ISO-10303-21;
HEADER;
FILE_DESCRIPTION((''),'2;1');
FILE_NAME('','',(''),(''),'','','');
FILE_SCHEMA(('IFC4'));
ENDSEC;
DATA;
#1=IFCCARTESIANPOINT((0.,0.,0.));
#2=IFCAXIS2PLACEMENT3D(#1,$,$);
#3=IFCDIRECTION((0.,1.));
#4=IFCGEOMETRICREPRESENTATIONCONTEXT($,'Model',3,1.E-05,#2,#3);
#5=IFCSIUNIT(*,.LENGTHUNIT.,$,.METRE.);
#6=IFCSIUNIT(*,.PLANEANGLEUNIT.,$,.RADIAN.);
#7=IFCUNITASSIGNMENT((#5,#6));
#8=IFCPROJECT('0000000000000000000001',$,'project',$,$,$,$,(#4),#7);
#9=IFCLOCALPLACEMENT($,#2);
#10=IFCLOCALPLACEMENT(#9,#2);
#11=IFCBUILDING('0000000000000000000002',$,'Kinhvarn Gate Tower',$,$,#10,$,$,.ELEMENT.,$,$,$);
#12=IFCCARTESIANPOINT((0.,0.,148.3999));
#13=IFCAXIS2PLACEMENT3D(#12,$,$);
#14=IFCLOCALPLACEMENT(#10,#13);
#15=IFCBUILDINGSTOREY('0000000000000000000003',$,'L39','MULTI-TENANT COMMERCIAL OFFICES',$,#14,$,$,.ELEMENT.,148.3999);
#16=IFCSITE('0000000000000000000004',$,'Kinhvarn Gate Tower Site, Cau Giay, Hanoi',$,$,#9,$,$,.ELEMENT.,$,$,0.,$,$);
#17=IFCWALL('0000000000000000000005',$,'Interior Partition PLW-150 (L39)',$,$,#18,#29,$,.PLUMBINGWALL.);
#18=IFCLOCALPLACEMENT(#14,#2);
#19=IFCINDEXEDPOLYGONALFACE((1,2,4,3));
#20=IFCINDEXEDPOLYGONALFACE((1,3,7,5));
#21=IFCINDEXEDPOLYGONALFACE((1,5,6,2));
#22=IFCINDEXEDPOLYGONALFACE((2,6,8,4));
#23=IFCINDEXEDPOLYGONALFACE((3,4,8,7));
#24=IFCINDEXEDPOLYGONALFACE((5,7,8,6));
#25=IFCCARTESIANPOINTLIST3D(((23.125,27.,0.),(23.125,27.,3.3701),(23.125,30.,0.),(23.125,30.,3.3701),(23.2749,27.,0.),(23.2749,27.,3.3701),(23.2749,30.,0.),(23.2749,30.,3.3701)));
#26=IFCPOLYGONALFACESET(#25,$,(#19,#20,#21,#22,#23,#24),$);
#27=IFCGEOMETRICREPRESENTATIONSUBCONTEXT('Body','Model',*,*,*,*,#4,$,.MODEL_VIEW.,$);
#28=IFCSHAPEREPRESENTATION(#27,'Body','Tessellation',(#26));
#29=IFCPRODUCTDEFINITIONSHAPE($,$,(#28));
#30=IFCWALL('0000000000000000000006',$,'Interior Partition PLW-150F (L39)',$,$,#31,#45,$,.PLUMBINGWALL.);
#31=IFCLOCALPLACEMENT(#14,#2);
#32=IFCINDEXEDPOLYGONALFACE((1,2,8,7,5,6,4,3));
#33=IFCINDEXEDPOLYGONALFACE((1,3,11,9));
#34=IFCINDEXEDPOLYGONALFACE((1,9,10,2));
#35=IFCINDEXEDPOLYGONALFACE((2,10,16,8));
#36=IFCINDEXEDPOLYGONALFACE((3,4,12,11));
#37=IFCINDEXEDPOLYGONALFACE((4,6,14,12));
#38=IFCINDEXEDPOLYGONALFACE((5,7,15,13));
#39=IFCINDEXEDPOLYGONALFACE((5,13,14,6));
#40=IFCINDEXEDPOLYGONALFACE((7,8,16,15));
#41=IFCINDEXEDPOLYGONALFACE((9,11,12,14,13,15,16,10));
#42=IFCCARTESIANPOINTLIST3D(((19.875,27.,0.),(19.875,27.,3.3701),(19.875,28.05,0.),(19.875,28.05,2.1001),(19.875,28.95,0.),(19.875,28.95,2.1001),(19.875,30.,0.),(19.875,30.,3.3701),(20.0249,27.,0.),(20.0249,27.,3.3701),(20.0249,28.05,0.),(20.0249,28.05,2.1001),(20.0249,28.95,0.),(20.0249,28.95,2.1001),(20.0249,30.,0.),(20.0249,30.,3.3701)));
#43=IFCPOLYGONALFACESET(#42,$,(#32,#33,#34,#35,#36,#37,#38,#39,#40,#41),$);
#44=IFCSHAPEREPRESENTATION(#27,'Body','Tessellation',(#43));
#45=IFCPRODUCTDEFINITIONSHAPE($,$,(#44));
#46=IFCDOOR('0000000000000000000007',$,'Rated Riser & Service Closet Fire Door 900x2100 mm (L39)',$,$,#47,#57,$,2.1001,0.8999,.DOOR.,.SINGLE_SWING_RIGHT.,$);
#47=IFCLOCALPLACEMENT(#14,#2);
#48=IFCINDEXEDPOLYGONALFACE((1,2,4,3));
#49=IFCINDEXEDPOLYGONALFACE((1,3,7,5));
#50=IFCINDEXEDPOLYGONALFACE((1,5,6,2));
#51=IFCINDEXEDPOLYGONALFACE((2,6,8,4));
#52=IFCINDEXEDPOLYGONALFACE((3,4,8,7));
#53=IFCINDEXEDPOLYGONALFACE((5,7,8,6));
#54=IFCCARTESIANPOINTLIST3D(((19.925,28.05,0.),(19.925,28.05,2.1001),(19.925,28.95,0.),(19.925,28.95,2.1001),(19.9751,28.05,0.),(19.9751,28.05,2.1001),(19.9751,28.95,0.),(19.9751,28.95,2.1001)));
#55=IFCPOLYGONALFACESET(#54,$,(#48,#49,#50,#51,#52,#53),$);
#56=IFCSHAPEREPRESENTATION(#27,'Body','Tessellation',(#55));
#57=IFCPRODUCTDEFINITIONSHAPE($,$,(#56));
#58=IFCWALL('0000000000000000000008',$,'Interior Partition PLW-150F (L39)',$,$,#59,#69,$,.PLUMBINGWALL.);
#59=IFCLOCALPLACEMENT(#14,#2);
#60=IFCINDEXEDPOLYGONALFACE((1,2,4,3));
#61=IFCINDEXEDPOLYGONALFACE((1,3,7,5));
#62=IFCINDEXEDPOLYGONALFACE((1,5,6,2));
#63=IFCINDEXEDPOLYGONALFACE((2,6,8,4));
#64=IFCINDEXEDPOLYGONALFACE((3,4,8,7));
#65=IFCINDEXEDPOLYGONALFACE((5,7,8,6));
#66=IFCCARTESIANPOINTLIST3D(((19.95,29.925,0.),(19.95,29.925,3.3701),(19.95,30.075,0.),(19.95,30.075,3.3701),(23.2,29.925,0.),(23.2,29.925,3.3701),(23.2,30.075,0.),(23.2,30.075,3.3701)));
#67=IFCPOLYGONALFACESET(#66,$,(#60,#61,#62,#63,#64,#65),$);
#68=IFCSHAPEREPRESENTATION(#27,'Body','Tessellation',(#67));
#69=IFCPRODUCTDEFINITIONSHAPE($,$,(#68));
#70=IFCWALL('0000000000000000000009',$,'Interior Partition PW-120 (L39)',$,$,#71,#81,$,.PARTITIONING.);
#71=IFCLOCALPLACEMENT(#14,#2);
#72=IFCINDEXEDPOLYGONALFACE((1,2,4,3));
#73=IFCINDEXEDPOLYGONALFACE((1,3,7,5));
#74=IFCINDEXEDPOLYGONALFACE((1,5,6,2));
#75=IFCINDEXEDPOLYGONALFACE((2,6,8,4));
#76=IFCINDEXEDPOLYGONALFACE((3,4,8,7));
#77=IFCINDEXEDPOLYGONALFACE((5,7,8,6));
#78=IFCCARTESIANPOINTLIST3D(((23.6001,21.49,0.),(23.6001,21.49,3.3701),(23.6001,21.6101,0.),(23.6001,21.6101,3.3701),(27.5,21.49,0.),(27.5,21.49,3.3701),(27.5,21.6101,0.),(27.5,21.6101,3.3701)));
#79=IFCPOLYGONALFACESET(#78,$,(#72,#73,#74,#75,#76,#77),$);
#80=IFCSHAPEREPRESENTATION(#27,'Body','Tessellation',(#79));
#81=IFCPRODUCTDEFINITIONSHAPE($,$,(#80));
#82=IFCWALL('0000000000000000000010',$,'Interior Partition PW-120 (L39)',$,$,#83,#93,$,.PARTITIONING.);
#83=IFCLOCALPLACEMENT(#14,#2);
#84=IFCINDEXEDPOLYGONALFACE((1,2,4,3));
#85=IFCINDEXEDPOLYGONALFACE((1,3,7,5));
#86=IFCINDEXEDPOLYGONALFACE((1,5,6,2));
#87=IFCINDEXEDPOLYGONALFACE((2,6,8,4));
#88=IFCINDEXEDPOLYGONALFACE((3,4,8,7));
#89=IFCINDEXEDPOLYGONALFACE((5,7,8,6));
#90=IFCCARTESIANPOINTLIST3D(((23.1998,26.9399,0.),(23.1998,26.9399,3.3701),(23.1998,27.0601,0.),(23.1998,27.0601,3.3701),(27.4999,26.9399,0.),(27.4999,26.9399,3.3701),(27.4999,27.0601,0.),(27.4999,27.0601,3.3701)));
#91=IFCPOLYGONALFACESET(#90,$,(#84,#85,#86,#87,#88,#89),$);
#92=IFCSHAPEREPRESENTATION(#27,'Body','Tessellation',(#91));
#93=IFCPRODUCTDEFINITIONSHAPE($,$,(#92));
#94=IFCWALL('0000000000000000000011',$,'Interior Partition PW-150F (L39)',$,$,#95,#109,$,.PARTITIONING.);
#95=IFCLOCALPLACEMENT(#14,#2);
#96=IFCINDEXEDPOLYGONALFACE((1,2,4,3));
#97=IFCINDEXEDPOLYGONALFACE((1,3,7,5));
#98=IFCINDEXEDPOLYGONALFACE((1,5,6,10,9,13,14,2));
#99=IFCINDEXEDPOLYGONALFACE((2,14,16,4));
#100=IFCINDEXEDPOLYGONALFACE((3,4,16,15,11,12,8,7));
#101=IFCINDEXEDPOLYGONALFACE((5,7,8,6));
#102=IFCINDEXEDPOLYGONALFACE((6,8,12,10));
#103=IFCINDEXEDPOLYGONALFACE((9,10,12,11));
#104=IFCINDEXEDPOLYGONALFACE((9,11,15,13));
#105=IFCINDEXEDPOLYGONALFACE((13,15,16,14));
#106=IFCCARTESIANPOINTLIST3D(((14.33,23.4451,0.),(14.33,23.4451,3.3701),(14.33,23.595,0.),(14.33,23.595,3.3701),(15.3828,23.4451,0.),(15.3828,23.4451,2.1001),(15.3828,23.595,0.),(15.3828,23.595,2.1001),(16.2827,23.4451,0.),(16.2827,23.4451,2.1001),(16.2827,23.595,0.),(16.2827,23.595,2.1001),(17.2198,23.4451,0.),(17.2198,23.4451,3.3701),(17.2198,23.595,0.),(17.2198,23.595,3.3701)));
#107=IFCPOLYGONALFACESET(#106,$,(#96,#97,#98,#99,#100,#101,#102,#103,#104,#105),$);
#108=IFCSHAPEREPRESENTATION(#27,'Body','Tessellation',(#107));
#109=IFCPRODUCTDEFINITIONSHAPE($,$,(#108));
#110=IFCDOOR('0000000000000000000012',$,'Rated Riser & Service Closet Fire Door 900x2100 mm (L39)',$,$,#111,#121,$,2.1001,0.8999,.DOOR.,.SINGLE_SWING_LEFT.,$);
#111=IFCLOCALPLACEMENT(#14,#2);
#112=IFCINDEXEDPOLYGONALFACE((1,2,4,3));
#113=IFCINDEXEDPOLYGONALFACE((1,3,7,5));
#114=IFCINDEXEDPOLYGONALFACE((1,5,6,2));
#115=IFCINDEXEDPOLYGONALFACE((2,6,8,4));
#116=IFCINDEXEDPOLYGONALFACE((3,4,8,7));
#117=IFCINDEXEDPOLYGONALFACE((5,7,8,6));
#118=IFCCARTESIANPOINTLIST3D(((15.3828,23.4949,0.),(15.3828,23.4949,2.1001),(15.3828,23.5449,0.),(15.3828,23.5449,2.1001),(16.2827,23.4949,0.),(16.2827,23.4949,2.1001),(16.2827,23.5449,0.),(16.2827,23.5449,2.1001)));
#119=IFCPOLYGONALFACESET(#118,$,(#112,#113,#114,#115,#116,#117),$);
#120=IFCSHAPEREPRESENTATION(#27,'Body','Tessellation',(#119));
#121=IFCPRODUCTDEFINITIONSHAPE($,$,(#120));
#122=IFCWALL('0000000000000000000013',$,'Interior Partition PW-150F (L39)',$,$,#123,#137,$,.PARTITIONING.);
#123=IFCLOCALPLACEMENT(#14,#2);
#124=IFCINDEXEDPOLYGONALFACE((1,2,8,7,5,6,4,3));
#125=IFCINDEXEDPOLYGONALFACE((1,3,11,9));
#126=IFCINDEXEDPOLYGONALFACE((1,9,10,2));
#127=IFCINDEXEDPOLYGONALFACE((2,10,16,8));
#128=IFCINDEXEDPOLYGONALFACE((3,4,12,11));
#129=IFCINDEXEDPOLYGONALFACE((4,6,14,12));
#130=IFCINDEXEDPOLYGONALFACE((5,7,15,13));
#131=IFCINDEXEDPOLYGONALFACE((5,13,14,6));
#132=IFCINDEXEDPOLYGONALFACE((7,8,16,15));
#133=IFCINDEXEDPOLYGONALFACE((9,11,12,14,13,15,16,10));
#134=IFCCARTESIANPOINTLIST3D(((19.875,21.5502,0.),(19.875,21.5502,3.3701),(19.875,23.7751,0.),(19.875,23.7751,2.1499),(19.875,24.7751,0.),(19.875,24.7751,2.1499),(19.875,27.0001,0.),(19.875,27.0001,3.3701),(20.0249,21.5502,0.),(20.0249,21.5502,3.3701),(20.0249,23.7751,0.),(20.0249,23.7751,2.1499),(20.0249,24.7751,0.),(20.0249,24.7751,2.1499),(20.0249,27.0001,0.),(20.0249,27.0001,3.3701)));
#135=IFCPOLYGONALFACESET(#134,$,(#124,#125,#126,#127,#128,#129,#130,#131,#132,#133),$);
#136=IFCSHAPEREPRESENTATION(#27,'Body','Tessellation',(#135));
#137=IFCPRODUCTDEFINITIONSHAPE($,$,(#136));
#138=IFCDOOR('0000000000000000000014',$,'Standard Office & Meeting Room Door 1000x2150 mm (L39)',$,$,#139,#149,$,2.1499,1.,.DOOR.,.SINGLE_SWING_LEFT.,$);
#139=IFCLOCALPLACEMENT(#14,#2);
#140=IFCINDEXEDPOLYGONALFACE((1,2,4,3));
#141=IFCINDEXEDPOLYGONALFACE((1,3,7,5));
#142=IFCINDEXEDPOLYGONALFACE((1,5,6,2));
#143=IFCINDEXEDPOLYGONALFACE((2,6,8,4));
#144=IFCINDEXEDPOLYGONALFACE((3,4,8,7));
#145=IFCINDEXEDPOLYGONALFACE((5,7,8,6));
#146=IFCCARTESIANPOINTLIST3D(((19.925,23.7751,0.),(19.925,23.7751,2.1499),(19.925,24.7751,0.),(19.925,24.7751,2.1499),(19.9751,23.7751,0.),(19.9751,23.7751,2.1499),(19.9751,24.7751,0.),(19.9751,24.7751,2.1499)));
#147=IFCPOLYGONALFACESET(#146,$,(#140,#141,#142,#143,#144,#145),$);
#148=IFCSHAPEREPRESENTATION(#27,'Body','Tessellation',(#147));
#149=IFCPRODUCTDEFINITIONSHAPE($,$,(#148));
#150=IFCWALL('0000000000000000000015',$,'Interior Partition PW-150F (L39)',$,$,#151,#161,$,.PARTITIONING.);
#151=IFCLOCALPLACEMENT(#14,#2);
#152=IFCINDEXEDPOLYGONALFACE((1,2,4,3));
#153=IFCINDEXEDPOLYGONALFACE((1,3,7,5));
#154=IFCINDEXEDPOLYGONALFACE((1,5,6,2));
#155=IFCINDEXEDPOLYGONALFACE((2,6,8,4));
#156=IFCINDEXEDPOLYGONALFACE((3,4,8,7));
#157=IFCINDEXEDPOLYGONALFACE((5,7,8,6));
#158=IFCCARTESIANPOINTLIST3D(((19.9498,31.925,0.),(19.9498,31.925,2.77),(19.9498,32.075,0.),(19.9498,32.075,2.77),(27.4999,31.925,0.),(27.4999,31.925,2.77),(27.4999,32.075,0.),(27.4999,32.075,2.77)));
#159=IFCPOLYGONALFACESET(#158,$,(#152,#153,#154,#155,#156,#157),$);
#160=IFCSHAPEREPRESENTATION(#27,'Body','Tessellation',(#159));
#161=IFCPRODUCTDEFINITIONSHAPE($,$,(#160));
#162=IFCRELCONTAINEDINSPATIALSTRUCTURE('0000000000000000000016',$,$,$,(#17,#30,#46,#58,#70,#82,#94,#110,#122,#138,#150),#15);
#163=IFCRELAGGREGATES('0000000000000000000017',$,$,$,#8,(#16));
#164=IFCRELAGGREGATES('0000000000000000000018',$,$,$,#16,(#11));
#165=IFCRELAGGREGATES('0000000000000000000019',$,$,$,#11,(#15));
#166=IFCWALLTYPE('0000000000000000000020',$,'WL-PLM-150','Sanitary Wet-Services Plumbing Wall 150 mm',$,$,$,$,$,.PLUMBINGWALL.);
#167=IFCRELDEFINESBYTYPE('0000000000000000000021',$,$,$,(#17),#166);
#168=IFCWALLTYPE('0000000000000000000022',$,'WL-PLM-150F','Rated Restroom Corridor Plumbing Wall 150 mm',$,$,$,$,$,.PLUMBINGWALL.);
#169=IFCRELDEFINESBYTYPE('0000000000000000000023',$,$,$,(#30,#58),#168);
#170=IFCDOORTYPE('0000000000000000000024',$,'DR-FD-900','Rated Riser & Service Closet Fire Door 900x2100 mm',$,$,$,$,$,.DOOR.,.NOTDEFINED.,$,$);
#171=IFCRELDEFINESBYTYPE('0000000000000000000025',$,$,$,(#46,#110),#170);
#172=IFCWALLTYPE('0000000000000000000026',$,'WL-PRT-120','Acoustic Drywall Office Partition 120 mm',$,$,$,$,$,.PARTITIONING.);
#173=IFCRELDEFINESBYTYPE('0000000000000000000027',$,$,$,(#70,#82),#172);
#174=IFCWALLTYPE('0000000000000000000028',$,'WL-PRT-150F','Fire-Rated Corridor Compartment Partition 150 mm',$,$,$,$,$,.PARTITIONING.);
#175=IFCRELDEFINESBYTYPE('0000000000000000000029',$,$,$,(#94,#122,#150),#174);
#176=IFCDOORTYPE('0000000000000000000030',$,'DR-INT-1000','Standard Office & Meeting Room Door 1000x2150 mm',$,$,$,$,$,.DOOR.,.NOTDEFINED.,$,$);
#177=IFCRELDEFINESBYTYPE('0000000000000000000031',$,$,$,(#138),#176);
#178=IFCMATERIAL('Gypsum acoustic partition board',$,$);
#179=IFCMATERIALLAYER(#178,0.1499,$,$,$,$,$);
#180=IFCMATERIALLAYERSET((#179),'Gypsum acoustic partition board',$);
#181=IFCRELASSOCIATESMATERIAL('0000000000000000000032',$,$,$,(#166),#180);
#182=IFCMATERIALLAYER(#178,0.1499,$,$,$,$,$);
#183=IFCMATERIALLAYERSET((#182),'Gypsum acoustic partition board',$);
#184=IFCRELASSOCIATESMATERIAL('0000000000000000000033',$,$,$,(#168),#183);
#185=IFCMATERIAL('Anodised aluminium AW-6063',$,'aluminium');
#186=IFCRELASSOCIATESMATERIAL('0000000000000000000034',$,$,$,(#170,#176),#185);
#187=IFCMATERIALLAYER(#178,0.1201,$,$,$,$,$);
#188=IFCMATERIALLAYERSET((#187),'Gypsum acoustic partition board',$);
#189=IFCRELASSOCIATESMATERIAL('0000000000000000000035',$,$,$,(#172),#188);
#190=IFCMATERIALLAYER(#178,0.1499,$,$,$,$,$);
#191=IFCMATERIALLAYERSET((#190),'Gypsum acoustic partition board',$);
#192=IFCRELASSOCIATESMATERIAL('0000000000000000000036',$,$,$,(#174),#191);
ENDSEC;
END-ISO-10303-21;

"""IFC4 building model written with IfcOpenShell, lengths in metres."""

from ifc_helpers import new_model, si_unit, direction, frame, frame_2d, origin, place, context, subcontext, project, spatial, rectangle, extrude, material, layer, layer_set, type_object, element, fill, save


model = new_model("IFC4")

# Units and contexts
model_context = context("Model", 3, precision=1e-05, world=origin(), true_north=direction((0.0, 1.0)))
body_context = subcontext(model_context, "Body", "Model", "MODEL_VIEW")
ifc_project = project(units=[si_unit("LENGTHUNIT", "METRE"), si_unit("PLANEANGLEUNIT", "RADIAN")], contexts=[model_context])

# Site, building, storey
site_placement = place(None, origin())
site = spatial("IfcSite", under=ifc_project, at=site_placement, Name="Kinhvarn Gate Tower Site, Cau Giay, Hanoi", CompositionType="ELEMENT", RefElevation=0.0)
building_placement = place(site_placement, origin())
building = spatial("IfcBuilding", under=site, at=building_placement, Name="Kinhvarn Gate Tower", CompositionType="ELEMENT")
storey_placement = place(building_placement, frame((0.0, 0.0, 148.3999)))
storey = spatial("IfcBuildingStorey", under=building, at=storey_placement, Name="L39", Description="MULTI-TENANT COMMERCIAL OFFICES", CompositionType="ELEMENT", Elevation=148.3999)

# Shared definitions
ifc_material_1 = material(Name="Anodised aluminium AW-6063", Category="aluminium")

# Wall
ifc_material_2 = material(Name="Gypsum acoustic partition board")
ifc_layer_1 = layer(ifc_material_2, 0.1499)
ifc_layer_set_1 = layer_set([ifc_layer_1], Name="Gypsum acoustic partition board")
wall_type_1 = type_object("IfcWallType", Name="WL-PLM-150", Description="Sanitary Wet-Services Plumbing Wall 150 mm", PredefinedType="PLUMBINGWALL", material=ifc_layer_set_1)
wall_1_placement = place(storey_placement, frame((23.2, 27.0, 0.0), z_axis=(0.0, 0.0, 1.0), x_axis=(0.0, 1.0, 0.0)))
element("IfcWall", 1, at=wall_1_placement, inside=storey, type_object=wall_type_1, Name="Interior Partition PLW-150 (L39)", PredefinedType="PLUMBINGWALL", context=body_context, shape_type="SweptSolid", body=[
    extrude(rectangle(XDim=3.0, YDim=0.1499, at=frame_2d((1.5, 0.0))), origin(), (0.0, 0.0, 1.0), 3.3701),
])

# Wall, opening, door
ifc_layer_2 = layer(ifc_material_2, 0.1499)
ifc_layer_set_2 = layer_set([ifc_layer_2], Name="Gypsum acoustic partition board")
wall_type_2 = type_object("IfcWallType", Name="WL-PLM-150F", Description="Rated Restroom Corridor Plumbing Wall 150 mm", PredefinedType="PLUMBINGWALL", material=ifc_layer_set_2)
wall_2_placement = place(storey_placement, frame((19.95, 27.0, 0.0), z_axis=(0.0, 0.0, 1.0), x_axis=(0.0, 1.0, 0.0)))
wall_2 = element("IfcWall", 2, at=wall_2_placement, inside=storey, type_object=wall_type_2, Name="Interior Partition PLW-150F (L39)", PredefinedType="PLUMBINGWALL", context=body_context, shape_type="SweptSolid", body=[
    extrude(rectangle(XDim=3.0, YDim=0.1499, at=frame_2d((1.5, 0.0))), origin(), (0.0, 0.0, 1.0), 3.3701),
])
opening_1_placement = place(wall_2_placement, frame((1.05, 0.0, 0.0)))
opening_1 = element("IfcOpeningElement", 3, at=opening_1_placement, cuts=wall_2, PredefinedType="OPENING", context=body_context, shape_type="SweptSolid", body=[
    extrude(rectangle(XDim=0.8999, YDim=2.1001, at=frame_2d((0.45, 1.05))), frame((0.0, 0.085, 0.0), z_axis=(0.0, -1.0, 0.0), x_axis=(1.0, 0.0, 0.0)), (0.0, 0.0, 1.0), 0.1699),
])
door_type_1 = type_object("IfcDoorType", Name="DR-FD-900", Description="Rated Riser & Service Closet Fire Door 900x2100 mm", OperationType="NOTDEFINED", PredefinedType="DOOR", material=ifc_material_1)
door_1_placement = place(opening_1_placement, origin())
door_1 = element("IfcDoor", 4, at=door_1_placement, inside=storey, type_object=door_type_1, Name="Rated Riser & Service Closet Fire Door 900x2100 mm (L39)", OperationType="SINGLE_SWING_RIGHT", OverallHeight=2.1001, OverallWidth=0.8999, PredefinedType="DOOR", context=body_context, shape_type="SweptSolid", body=[
    extrude(rectangle(XDim=0.8999, YDim=2.1001, at=frame_2d((0.45, 1.05))), frame((0.0, 0.0249, 0.0), z_axis=(0.0, -1.0, 0.0), x_axis=(1.0, 0.0, 0.0)), (0.0, 0.0, 1.0), 0.05),
])
fill(opening_1, door_1)

# Walls
wall_3_placement = place(storey_placement, frame((19.95, 30.0, 0.0), z_axis=(0.0, 0.0, 1.0), x_axis=(1.0, 0.0, 0.0)))
element("IfcWall", 5, at=wall_3_placement, inside=storey, type_object=wall_type_2, Name="Interior Partition PLW-150F (L39)", PredefinedType="PLUMBINGWALL", context=body_context, shape_type="SweptSolid", body=[
    extrude(rectangle(XDim=3.25, YDim=0.1499, at=frame_2d((1.625, 0.0))), origin(), (0.0, 0.0, 1.0), 3.3701),
])
ifc_layer_3 = layer(ifc_material_2, 0.1201)
ifc_layer_set_3 = layer_set([ifc_layer_3], Name="Gypsum acoustic partition board")
wall_type_3 = type_object("IfcWallType", Name="WL-PRT-120", Description="Acoustic Drywall Office Partition 120 mm", PredefinedType="PARTITIONING", material=ifc_layer_set_3)
wall_4_placement = place(storey_placement, frame((23.6001, 21.55, 0.0), z_axis=(0.0, 0.0, 1.0), x_axis=(1.0, 0.0, 0.0)))
element("IfcWall", 6, at=wall_4_placement, inside=storey, type_object=wall_type_3, Name="Interior Partition PW-120 (L39)", PredefinedType="PARTITIONING", context=body_context, shape_type="SweptSolid", body=[
    extrude(rectangle(XDim=3.8999, YDim=0.1201, at=frame_2d((1.95, 0.0))), origin(), (0.0, 0.0, 1.0), 3.3701),
])
wall_5_placement = place(storey_placement, frame((23.2, 27.0, 0.0), z_axis=(0.0, 0.0, 1.0), x_axis=(1.0, 0.0, 0.0)))
element("IfcWall", 7, at=wall_5_placement, inside=storey, type_object=wall_type_3, Name="Interior Partition PW-120 (L39)", PredefinedType="PARTITIONING", context=body_context, shape_type="SweptSolid", body=[
    extrude(rectangle(XDim=4.3, YDim=0.1201, at=frame_2d((2.1499, 0.0))), origin(), (0.0, 0.0, 1.0), 3.3701),
])

# Walls, openings, doors
ifc_layer_4 = layer(ifc_material_2, 0.1499)
ifc_layer_set_4 = layer_set([ifc_layer_4], Name="Gypsum acoustic partition board")
wall_type_4 = type_object("IfcWallType", Name="WL-PRT-150F", Description="Fire-Rated Corridor Compartment Partition 150 mm", PredefinedType="PARTITIONING", material=ifc_layer_set_4)
wall_6_placement = place(storey_placement, frame((14.3301, 23.52, 0.0), z_axis=(0.0, 0.0, 1.0), x_axis=(1.0, 0.0, 0.0)))
wall_6 = element("IfcWall", 8, at=wall_6_placement, inside=storey, type_object=wall_type_4, Name="Interior Partition PW-150F (L39)", PredefinedType="PARTITIONING", context=body_context, shape_type="SweptSolid", body=[
    extrude(rectangle(XDim=2.8899, YDim=0.1499, at=frame_2d((1.4448, 0.0))), origin(), (0.0, 0.0, 1.0), 3.3701),
])
opening_2_placement = place(wall_6_placement, frame((1.0527, 0.0, 0.0)))
opening_2 = element("IfcOpeningElement", 9, at=opening_2_placement, cuts=wall_6, PredefinedType="OPENING", context=body_context, shape_type="SweptSolid", body=[
    extrude(rectangle(XDim=0.8999, YDim=2.1001, at=frame_2d((0.45, 1.05))), frame((0.0, 0.085, 0.0), z_axis=(0.0, -1.0, 0.0), x_axis=(1.0, 0.0, 0.0)), (0.0, 0.0, 1.0), 0.1699),
])
door_2_placement = place(opening_2_placement, origin())
door_2 = element("IfcDoor", 10, at=door_2_placement, inside=storey, type_object=door_type_1, Name="Rated Riser & Service Closet Fire Door 900x2100 mm (L39)", OperationType="SINGLE_SWING_LEFT", OverallHeight=2.1001, OverallWidth=0.8999, PredefinedType="DOOR", context=body_context, shape_type="SweptSolid", body=[
    extrude(rectangle(XDim=0.8999, YDim=2.1001, at=frame_2d((0.45, 1.05))), frame((0.0, 0.0249, 0.0), z_axis=(0.0, -1.0, 0.0), x_axis=(1.0, 0.0, 0.0)), (0.0, 0.0, 1.0), 0.05),
])
fill(opening_2, door_2)
wall_7_placement = place(storey_placement, frame((19.95, 21.55, 0.0), z_axis=(0.0, 0.0, 1.0), x_axis=(0.0, 1.0, 0.0)))
wall_7 = element("IfcWall", 11, at=wall_7_placement, inside=storey, type_object=wall_type_4, Name="Interior Partition PW-150F (L39)", PredefinedType="PARTITIONING", context=body_context, shape_type="SweptSolid", body=[
    extrude(rectangle(XDim=5.45, YDim=0.1499, at=frame_2d((2.7251, 0.0))), origin(), (0.0, 0.0, 1.0), 3.3701),
])
opening_3_placement = place(wall_7_placement, frame((2.2251, 0.0, 0.0)))
opening_3 = element("IfcOpeningElement", 12, at=opening_3_placement, cuts=wall_7, PredefinedType="OPENING", context=body_context, shape_type="SweptSolid", body=[
    extrude(rectangle(XDim=1.0, YDim=2.1499, at=frame_2d((0.5, 1.075))), frame((0.0, 0.085, 0.0), z_axis=(0.0, -1.0, 0.0), x_axis=(1.0, 0.0, 0.0)), (0.0, 0.0, 1.0), 0.1699),
])
door_type_2 = type_object("IfcDoorType", Name="DR-INT-1000", Description="Standard Office & Meeting Room Door 1000x2150 mm", OperationType="NOTDEFINED", PredefinedType="DOOR", material=ifc_material_1)
door_3_placement = place(opening_3_placement, origin())
door_3 = element("IfcDoor", 13, at=door_3_placement, inside=storey, type_object=door_type_2, Name="Standard Office & Meeting Room Door 1000x2150 mm (L39)", OperationType="SINGLE_SWING_LEFT", OverallHeight=2.1499, OverallWidth=1.0, PredefinedType="DOOR", context=body_context, shape_type="SweptSolid", body=[
    extrude(rectangle(XDim=1.0, YDim=2.1499, at=frame_2d((0.5, 1.075))), frame((0.0, 0.0249, 0.0), z_axis=(0.0, -1.0, 0.0), x_axis=(1.0, 0.0, 0.0)), (0.0, 0.0, 1.0), 0.05),
])
fill(opening_3, door_3)

# Wall
wall_8_placement = place(storey_placement, frame((19.95, 32.0, 0.0), z_axis=(0.0, 0.0, 1.0), x_axis=(1.0, 0.0, 0.0)))
element("IfcWall", 14, at=wall_8_placement, inside=storey, type_object=wall_type_4, Name="Interior Partition PW-150F (L39)", PredefinedType="PARTITIONING", context=body_context, shape_type="SweptSolid", body=[
    extrude(rectangle(XDim=7.55, YDim=0.1499, at=frame_2d((3.7749, 0.0))), origin(), (0.0, 0.0, 1.0), 2.77),
])

save(model, "model.ifc")
